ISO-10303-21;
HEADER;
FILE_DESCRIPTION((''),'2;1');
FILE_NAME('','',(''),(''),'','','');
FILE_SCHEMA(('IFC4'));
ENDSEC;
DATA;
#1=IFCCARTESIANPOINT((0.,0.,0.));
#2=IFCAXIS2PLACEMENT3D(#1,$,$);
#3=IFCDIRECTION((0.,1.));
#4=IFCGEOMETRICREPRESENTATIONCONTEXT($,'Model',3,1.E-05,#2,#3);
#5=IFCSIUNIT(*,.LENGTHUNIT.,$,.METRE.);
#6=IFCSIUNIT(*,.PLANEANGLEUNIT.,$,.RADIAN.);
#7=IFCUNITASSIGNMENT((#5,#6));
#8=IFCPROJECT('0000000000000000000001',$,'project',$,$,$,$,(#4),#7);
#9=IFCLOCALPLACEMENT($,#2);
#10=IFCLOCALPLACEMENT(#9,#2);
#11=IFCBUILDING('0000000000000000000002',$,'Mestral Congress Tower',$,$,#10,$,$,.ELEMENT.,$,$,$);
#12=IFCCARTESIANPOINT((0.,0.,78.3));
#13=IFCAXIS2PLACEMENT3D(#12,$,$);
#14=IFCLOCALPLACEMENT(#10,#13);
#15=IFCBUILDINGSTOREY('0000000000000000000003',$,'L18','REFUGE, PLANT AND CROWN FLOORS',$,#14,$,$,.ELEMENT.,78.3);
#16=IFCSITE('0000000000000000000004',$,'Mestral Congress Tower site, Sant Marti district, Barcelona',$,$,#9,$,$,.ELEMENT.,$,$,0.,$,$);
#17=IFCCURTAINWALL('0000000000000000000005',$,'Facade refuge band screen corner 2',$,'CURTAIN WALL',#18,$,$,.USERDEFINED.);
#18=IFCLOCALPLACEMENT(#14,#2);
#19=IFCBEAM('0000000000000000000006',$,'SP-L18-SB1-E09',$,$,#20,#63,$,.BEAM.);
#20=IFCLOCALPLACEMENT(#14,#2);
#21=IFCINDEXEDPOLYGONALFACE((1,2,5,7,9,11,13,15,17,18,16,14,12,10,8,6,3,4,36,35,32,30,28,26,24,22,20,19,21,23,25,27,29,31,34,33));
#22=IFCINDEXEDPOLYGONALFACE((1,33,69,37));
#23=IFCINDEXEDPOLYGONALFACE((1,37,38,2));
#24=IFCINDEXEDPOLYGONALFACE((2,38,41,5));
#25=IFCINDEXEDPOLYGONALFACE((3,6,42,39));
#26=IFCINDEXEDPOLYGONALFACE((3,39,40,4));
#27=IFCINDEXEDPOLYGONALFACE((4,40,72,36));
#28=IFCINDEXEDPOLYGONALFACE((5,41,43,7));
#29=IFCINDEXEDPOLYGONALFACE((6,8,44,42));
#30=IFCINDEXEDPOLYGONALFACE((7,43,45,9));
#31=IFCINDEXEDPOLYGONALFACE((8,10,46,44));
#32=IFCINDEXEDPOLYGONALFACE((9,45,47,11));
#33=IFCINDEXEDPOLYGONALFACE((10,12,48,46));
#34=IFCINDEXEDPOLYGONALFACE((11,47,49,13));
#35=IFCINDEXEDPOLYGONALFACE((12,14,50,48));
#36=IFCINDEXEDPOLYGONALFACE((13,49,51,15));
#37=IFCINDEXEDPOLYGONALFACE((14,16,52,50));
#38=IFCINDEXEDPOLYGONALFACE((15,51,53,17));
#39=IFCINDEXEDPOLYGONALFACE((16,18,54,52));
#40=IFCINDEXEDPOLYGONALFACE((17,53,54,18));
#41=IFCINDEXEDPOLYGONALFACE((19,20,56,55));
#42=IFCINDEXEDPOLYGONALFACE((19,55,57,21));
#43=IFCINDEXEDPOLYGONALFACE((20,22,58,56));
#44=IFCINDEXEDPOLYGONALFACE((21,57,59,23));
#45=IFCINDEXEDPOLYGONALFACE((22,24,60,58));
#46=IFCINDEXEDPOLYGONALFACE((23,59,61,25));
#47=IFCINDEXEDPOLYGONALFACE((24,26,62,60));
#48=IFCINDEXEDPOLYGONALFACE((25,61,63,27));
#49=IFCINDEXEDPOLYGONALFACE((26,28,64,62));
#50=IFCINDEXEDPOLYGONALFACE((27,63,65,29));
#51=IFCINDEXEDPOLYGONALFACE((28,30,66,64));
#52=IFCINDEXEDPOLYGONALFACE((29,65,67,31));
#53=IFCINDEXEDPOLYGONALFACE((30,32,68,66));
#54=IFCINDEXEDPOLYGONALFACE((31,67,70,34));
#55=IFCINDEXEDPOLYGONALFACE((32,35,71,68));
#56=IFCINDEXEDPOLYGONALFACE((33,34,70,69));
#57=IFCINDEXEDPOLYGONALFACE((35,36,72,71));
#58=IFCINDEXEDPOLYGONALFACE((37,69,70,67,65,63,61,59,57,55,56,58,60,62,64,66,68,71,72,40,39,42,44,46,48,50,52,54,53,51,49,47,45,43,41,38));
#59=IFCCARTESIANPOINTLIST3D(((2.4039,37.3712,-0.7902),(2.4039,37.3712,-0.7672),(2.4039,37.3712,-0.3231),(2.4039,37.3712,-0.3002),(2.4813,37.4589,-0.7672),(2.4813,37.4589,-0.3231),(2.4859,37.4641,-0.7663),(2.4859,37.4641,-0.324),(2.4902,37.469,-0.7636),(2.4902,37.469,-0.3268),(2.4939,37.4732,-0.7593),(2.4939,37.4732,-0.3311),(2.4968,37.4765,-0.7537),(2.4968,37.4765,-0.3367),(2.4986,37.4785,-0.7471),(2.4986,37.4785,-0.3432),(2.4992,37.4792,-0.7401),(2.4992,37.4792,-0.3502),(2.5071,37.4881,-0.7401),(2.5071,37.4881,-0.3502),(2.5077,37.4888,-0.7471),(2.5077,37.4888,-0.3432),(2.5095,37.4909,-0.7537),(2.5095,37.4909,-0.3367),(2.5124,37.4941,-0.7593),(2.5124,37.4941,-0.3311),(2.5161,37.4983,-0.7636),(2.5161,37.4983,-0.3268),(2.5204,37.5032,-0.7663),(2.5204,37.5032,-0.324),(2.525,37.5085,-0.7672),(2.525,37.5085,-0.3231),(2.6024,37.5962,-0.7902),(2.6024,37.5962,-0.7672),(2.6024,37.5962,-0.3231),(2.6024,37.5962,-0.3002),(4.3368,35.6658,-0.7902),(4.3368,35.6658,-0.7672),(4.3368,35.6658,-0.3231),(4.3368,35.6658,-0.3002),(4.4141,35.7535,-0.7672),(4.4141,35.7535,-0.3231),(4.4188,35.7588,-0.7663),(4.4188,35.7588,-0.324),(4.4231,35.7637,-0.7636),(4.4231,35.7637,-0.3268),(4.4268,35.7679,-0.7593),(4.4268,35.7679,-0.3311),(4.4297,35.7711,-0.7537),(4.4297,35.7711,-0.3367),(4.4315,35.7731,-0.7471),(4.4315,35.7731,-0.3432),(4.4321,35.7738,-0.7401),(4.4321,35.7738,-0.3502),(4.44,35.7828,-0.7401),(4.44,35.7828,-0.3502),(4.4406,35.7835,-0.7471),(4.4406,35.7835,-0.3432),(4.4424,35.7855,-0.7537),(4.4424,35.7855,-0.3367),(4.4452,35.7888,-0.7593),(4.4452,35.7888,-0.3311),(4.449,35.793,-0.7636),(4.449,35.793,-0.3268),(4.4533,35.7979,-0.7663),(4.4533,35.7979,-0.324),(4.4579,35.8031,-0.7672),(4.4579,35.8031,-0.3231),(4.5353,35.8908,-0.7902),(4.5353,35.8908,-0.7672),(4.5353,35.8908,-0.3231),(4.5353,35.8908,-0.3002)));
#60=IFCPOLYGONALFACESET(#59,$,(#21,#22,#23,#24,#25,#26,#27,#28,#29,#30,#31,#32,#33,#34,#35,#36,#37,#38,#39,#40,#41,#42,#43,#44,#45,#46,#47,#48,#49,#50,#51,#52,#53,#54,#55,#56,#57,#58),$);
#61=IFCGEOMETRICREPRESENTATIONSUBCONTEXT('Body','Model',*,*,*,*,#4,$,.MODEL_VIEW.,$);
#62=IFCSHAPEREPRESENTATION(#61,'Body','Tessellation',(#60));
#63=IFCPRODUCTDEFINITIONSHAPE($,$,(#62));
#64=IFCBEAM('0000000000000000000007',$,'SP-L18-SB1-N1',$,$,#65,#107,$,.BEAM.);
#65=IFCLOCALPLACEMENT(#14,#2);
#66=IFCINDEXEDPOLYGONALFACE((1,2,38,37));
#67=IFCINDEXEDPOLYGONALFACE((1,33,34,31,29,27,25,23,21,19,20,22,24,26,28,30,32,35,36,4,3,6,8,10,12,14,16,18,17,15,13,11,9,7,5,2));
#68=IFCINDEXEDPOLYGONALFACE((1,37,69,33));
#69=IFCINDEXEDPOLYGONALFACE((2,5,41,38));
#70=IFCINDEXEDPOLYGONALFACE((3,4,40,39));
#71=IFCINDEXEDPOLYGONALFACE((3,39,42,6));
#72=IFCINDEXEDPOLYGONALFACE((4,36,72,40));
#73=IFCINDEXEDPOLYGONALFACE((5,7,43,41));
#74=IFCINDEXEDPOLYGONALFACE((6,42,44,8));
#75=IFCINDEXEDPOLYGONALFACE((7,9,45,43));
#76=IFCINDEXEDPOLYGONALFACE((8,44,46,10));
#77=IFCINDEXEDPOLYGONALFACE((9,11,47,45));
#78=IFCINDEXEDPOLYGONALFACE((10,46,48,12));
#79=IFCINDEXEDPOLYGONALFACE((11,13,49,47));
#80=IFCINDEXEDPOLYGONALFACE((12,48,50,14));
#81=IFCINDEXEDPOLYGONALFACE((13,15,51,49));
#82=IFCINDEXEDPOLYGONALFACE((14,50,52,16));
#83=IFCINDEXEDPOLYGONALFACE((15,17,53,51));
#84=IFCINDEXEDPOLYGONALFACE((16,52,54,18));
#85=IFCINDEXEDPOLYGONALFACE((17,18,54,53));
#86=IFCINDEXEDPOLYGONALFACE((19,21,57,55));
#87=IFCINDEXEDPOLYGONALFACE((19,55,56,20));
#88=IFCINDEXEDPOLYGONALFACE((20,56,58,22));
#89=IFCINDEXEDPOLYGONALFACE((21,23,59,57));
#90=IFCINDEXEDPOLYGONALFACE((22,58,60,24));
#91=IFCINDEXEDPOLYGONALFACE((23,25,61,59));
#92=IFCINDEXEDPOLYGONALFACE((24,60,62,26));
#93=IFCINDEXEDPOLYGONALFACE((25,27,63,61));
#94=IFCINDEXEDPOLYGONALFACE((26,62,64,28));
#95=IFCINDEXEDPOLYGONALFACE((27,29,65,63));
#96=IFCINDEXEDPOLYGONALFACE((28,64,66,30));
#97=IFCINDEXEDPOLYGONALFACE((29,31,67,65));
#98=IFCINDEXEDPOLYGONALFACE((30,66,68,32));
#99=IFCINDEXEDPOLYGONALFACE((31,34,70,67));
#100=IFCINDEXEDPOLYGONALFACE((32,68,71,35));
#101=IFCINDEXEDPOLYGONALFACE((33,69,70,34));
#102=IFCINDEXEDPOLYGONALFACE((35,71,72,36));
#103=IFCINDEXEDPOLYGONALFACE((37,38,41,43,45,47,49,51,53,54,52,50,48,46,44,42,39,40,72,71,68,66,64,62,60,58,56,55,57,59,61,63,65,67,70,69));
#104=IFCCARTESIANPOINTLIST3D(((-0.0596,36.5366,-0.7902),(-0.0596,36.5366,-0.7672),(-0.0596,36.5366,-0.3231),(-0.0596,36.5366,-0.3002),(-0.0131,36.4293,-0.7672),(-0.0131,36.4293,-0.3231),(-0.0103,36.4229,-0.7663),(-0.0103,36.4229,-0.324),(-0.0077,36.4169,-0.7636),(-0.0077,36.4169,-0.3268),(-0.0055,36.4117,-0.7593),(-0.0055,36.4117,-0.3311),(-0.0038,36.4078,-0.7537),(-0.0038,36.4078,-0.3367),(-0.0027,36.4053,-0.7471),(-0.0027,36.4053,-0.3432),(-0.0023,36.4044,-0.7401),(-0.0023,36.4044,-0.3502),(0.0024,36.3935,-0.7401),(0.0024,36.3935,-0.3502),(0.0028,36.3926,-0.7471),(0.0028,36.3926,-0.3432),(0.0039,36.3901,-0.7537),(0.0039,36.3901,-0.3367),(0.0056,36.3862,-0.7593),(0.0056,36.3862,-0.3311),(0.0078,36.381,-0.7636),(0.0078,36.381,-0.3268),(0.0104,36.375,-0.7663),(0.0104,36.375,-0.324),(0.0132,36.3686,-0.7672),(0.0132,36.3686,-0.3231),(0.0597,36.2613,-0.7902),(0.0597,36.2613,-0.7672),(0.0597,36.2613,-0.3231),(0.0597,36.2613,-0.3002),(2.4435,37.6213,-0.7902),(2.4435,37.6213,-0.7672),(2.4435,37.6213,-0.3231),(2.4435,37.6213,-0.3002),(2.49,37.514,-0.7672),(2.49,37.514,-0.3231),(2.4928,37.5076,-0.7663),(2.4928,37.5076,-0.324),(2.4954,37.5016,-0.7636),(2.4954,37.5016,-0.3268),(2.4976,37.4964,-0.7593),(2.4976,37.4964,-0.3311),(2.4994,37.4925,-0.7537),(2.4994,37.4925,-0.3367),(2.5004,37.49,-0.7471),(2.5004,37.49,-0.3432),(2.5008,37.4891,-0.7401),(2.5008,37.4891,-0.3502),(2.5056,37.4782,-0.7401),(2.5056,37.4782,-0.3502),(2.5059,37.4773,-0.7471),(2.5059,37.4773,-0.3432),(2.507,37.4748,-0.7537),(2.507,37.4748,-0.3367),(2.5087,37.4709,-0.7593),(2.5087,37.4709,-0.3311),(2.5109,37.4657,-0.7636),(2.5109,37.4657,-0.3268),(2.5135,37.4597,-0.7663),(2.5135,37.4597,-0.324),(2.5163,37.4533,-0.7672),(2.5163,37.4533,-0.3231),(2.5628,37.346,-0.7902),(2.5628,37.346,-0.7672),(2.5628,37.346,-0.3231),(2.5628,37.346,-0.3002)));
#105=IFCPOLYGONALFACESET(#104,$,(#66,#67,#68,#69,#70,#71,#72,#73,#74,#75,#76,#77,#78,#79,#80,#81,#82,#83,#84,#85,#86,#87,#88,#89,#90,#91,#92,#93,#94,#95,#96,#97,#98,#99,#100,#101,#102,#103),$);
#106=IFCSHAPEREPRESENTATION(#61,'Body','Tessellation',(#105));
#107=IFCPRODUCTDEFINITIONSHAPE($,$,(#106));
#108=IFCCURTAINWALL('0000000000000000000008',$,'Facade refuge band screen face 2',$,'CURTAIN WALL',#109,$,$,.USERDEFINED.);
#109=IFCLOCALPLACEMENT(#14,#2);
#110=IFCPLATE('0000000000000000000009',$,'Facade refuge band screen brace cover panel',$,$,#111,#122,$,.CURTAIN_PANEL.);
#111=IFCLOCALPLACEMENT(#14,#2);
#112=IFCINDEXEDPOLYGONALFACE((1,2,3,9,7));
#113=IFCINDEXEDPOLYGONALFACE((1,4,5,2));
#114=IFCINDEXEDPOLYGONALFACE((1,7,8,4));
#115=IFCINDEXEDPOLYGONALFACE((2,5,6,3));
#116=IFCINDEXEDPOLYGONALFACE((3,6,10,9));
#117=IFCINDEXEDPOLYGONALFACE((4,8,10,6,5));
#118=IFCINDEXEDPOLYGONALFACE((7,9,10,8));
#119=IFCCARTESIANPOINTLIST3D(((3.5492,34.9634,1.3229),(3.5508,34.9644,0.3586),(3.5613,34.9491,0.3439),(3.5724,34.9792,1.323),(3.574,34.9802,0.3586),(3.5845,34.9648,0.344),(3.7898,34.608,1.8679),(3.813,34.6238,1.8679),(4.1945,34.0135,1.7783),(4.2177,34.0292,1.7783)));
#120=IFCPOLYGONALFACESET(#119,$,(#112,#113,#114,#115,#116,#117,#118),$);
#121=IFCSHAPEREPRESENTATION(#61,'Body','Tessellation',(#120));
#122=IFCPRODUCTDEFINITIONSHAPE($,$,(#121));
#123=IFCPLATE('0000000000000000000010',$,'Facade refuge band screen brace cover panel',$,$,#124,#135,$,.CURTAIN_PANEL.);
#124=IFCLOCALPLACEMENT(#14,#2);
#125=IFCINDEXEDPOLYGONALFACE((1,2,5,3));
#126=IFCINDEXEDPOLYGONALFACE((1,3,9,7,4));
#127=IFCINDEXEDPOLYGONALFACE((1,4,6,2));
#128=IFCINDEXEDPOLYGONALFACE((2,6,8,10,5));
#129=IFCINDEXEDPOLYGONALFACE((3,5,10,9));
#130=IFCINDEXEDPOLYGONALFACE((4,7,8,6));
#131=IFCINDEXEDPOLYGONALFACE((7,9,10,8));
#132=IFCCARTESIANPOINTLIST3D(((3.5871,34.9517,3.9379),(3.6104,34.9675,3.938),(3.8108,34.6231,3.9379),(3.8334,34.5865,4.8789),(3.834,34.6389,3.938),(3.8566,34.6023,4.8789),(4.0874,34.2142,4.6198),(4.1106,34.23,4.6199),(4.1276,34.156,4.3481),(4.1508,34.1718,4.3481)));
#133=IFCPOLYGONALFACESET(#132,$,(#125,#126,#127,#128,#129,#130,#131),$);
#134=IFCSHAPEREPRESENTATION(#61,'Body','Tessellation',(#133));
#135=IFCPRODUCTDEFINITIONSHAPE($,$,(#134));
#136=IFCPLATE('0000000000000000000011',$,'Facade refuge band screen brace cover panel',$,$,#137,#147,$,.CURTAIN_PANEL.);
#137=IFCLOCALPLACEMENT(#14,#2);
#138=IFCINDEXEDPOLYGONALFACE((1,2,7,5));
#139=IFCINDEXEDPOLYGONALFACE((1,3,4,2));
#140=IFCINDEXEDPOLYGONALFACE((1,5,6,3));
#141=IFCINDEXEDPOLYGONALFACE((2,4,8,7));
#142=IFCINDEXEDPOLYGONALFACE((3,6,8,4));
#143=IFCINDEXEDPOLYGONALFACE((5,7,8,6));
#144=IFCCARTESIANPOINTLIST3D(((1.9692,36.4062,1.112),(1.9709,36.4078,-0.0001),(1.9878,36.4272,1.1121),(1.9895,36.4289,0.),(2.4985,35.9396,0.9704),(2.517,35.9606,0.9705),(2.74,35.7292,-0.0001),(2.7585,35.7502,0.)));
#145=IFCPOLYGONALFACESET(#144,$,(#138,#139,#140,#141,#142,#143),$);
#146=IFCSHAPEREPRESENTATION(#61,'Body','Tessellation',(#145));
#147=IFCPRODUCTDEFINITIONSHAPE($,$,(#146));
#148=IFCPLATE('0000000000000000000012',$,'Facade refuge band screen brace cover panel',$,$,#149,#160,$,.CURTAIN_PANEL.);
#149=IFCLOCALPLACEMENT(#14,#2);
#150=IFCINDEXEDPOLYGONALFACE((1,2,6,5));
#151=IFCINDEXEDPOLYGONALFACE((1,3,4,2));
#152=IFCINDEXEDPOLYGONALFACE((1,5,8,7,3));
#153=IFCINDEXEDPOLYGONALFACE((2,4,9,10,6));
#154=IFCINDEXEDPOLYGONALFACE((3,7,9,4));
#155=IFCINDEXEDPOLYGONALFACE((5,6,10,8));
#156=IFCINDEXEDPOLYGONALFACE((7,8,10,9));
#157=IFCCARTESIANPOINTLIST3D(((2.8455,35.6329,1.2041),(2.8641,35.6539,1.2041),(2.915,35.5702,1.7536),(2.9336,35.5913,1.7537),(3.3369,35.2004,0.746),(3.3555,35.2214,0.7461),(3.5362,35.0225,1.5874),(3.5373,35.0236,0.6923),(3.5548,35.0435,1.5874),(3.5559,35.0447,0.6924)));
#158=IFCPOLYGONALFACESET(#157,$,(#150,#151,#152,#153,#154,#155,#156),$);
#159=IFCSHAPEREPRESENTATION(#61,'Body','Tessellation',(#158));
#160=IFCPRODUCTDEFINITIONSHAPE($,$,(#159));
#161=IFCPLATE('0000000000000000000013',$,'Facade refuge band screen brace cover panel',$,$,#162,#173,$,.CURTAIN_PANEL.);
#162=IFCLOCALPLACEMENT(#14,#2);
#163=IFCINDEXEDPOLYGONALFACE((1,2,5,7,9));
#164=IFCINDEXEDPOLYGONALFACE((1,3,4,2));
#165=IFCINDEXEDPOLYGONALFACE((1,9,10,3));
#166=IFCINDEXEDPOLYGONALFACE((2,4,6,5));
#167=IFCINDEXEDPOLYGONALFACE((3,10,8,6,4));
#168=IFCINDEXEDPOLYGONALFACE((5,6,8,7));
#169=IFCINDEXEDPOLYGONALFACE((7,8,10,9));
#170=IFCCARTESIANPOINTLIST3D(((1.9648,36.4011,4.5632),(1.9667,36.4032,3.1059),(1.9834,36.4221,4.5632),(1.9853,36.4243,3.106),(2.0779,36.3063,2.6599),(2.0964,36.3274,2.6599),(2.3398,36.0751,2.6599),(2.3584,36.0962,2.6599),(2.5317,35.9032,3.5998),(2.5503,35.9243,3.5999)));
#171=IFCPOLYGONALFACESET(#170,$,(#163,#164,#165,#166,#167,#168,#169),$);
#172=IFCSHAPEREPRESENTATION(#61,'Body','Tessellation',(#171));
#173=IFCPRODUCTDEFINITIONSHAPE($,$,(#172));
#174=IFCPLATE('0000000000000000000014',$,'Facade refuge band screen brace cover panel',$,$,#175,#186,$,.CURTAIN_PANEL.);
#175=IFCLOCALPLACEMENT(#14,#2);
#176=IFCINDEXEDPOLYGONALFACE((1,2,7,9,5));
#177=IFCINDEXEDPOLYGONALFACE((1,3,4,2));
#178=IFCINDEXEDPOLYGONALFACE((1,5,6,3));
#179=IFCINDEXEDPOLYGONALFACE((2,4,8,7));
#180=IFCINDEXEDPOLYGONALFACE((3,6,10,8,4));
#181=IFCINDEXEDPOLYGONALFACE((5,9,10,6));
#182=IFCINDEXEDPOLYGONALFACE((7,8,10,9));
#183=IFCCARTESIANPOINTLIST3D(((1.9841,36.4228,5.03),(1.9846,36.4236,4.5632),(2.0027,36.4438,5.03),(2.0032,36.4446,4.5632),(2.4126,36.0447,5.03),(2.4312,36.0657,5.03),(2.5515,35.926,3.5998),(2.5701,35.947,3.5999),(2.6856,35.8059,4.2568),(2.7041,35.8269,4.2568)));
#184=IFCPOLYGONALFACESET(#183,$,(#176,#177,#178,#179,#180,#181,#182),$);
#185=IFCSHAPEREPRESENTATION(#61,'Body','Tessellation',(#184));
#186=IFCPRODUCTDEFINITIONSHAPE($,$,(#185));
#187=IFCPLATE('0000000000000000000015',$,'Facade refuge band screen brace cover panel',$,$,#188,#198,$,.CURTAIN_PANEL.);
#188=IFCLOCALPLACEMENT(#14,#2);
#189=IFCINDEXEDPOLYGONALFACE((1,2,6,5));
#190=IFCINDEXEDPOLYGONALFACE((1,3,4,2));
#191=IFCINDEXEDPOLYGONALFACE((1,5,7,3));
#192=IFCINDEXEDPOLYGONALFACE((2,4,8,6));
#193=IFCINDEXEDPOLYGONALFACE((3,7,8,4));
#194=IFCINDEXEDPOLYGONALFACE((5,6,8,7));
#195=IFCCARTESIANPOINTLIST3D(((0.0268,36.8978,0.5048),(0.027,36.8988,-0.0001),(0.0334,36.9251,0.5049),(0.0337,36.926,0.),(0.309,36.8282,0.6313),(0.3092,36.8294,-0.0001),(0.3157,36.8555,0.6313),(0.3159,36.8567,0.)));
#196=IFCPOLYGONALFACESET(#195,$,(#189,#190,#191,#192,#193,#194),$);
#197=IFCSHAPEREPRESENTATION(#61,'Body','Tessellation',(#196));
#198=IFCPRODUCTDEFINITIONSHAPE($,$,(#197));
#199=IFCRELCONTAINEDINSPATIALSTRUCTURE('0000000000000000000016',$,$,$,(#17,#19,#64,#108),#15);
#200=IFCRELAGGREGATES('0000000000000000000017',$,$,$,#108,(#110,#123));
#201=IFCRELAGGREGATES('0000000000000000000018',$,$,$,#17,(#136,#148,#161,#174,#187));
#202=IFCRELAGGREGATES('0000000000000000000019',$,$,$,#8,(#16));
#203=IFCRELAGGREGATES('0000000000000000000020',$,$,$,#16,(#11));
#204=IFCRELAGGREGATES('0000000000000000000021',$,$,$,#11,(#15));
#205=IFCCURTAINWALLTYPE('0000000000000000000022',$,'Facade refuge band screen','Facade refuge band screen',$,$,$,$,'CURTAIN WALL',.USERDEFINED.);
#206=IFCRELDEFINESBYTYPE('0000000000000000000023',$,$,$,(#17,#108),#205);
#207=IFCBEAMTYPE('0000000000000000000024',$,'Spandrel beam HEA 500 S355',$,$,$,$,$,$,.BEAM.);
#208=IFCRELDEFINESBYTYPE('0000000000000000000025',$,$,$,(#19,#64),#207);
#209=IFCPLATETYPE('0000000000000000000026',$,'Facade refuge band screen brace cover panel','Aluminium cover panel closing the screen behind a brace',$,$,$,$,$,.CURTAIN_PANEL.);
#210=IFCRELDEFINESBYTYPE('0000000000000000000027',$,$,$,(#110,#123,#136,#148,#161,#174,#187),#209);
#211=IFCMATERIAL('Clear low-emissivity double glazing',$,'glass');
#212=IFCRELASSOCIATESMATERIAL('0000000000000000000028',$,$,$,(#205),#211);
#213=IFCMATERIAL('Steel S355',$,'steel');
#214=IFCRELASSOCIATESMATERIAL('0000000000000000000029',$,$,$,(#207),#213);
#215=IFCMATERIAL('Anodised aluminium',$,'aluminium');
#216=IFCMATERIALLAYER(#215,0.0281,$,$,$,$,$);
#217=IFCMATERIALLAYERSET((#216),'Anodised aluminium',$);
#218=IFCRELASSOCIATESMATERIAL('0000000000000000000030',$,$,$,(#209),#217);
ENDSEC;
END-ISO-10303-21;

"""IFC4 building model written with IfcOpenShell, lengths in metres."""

from ifc_helpers import new_model, si_unit, direction, frame, origin, origin_2d, place, context, subcontext, project, spatial, polyline, i_section, outline, extrude, material, layer, layer_set, material_profile, profile_set, type_object, element, aggregate, save


model = new_model("IFC4")

# Units and contexts
model_context = context("Model", 3, precision=1e-05, world=origin(), true_north=direction((0.0, 1.0)))
body_context = subcontext(model_context, "Body", "Model", "MODEL_VIEW")
ifc_project = project(units=[si_unit("LENGTHUNIT", "METRE"), si_unit("PLANEANGLEUNIT", "RADIAN")], contexts=[model_context])

# Site, building, storey
site_placement = place(None, origin())
site = spatial("IfcSite", under=ifc_project, at=site_placement, Name="Mestral Congress Tower site, Sant Marti district, Barcelona", CompositionType="ELEMENT", RefElevation=0.0)
building_placement = place(site_placement, origin())
building = spatial("IfcBuilding", under=site, at=building_placement, Name="Mestral Congress Tower", CompositionType="ELEMENT")
storey_placement = place(building_placement, frame((0.0, 0.0, 78.3)))
storey = spatial("IfcBuildingStorey", under=building, at=storey_placement, Name="L18", Description="REFUGE, PLANT AND CROWN FLOORS", CompositionType="ELEMENT", Elevation=78.3)

# Shared definitions
ifc_material_1 = material(Name="Steel S355", Category="steel")

# Curtain wall
ifc_material_2 = material(Name="Clear low-emissivity double glazing", Category="glass")
curtain_wall_type = type_object("IfcCurtainWallType", Name="Facade refuge band screen", Description="Facade refuge band screen", ElementType="CURTAIN WALL", PredefinedType="USERDEFINED", material=ifc_material_2)
placement = place(storey_placement, origin())
curtain_wall_1 = element("IfcCurtainWall", 1, at=placement, inside=storey, type_object=curtain_wall_type, Name="Facade refuge band screen corner 2", ObjectType="CURTAIN WALL", PredefinedType="USERDEFINED")
ifc_material_3 = material(Name="Anodised aluminium", Category="aluminium")

# Beams
ifc_material_profile_1 = material_profile(ifc_material_1, i_section(OverallWidth=0.3, OverallDepth=0.49, WebThickness=0.012, FlangeThickness=0.0229, FilletRadius=0.0271, at=origin_2d()), Name="HEA 500")
ifc_profile_set_1 = profile_set([ifc_material_profile_1], Name="Steel S355")
beam_type_1 = type_object("IfcBeamType", Name="Spandrel beam HEA 500 S355", PredefinedType="BEAM", material=ifc_profile_set_1)
beam_1_placement = place(storey_placement, frame((4.436, 35.7783, -0.5452), z_axis=(-0.749865, 0.66159, 0.0), x_axis=(-0.66159, -0.749865, 0.0)))
element("IfcBeam", 2, at=beam_1_placement, inside=storey, type_object=beam_type_1, Name="SP-L18-SB1-E09", PredefinedType="BEAM", context=body_context, shape_type="SweptSolid", body=[
    extrude(i_section(OverallWidth=0.3, OverallDepth=0.49, WebThickness=0.012, FlangeThickness=0.0229, FilletRadius=0.0271, at=origin_2d()), origin(), (0.0, 0.0, 1.0), 2.5776),
])
beam_2_placement = place(storey_placement, frame((2.5032, 37.4836, -0.5452), z_axis=(-0.917555, -0.39761, 0.0), x_axis=(0.39761, -0.917555, 0.0)))
element("IfcBeam", 3, at=beam_2_placement, inside=storey, type_object=beam_type_1, Name="SP-L18-SB1-N1", PredefinedType="BEAM", context=body_context, shape_type="SweptSolid", body=[
    extrude(i_section(OverallWidth=0.3, OverallDepth=0.49, WebThickness=0.012, FlangeThickness=0.0229, FilletRadius=0.0271, at=origin_2d()), origin(), (0.0, 0.0, 1.0), 2.728),
])

# Curtain wall, plates
curtain_wall_2 = element("IfcCurtainWall", 4, at=placement, inside=storey, type_object=curtain_wall_type, Name="Facade refuge band screen face 2", ObjectType="CURTAIN WALL", PredefinedType="USERDEFINED")
ifc_layer_1 = layer(ifc_material_3, 0.0281)
ifc_layer_set_1 = layer_set([ifc_layer_1], Name="Anodised aluminium")
plate_type_1 = type_object("IfcPlateType", Name="Facade refuge band screen brace cover panel", Description="Aluminium cover panel closing the screen behind a brace", PredefinedType="CURTAIN_PANEL", material=ifc_layer_set_1)
plate_1_placement = place(storey_placement, frame((3.5845, 34.9648, 0.344), z_axis=(0.826782, 0.56252, 0.001917), x_axis=(0.346819, -0.512426, 0.78558)))
plate_1 = element("IfcPlate", 5, at=plate_1_placement, type_object=plate_type_1, Name="Facade refuge band screen brace cover panel", PredefinedType="CURTAIN_PANEL", context=body_context, shape_type="SweptSolid", body=[
    extrude(outline(polyline([(0.0, 0.0), (1.8258, 0.0), (1.4512, -0.6204), (0.7576, -0.6204), (0.0, -0.0237), (0.0, 0.0)])), origin(), (0.0, 0.0, -1.0), 0.0281),
])
plate_2_placement = place(storey_placement, frame((3.6104, 34.9675, 3.938), z_axis=(0.826731, 0.562594, 0.001991), x_axis=(0.562595, -0.826733, 0.0)))
plate_2 = element("IfcPlate", 6, at=plate_2_placement, type_object=plate_type_1, Name="Facade refuge band screen brace cover panel", PredefinedType="CURTAIN_PANEL", context=body_context, shape_type="SweptSolid", body=[
    extrude(outline(polyline([(0.0, 0.0), (0.3975, 0.0), (0.9619, -0.4102), (0.8912, -0.6819), (0.4405, -0.9409), (0.0, 0.0)])), origin(), (0.0, 0.0, -1.0), 0.0281),
])

# Plates
plate_3_placement = place(storey_placement, frame((2.7585, 35.7502, 0.0), z_axis=(0.661642, 0.749817, 0.002099), x_axis=(-0.23632, 0.205872, 0.949616)))
plate_3 = element("IfcPlate", 7, at=plate_3_placement, type_object=plate_type_1, Name="Facade refuge band screen brace cover panel", PredefinedType="CURTAIN_PANEL", context=body_context, shape_type="SweptSolid", body=[
    extrude(outline(polyline([(0.0, 0.0), (1.0219, 0.0), (1.3775, -0.6256), (0.3215, -0.974), (0.0, 0.0)])), origin(), (0.0, 0.0, -1.0), 0.0281),
])
plate_4_placement = place(storey_placement, frame((3.5559, 35.0447, 0.6924), z_axis=(0.661647, 0.749813, 0.001801), x_axis=(-0.001282, -0.001271, 0.999998)))
plate_4 = element("IfcPlate", 8, at=plate_4_placement, type_object=plate_type_1, Name="Facade refuge band screen brace cover panel", PredefinedType="CURTAIN_PANEL", context=body_context, shape_type="SweptSolid", body=[
    extrude(outline(polyline([(0.0, 0.0), (0.895, 0.0), (1.0614, -0.8282), (0.5118, -0.9218), (0.0537, -0.2672), (0.0, 0.0)])), origin(), (0.0, 0.0, -1.0), 0.0281),
])
plate_5_placement = place(storey_placement, frame((1.9834, 36.4221, 4.5632), z_axis=(0.661766, 0.749708, 0.001993), x_axis=(0.001324, 0.00149, -0.999998)))
plate_5 = element("IfcPlate", 9, at=plate_5_placement, type_object=plate_type_1, Name="Facade refuge band screen brace cover panel", PredefinedType="CURTAIN_PANEL", context=body_context, shape_type="SweptSolid", body=[
    extrude(outline(polyline([(0.0, 0.0), (1.4573, 0.0), (1.9033, -0.1474), (1.9033, -0.4968), (0.9634, -0.7544), (0.0, 0.0)])), origin(), (0.0, 0.0, -1.0), 0.0281),
])
plate_6_placement = place(storey_placement, frame((2.5701, 35.947, 3.5999), z_axis=(0.661666, 0.749796, 0.002028), x_axis=(0.196808, -0.176284, 0.964464)))
plate_6 = element("IfcPlate", 10, at=plate_6_placement, type_object=plate_type_1, Name="Facade refuge band screen brace cover panel", PredefinedType="CURTAIN_PANEL", context=body_context, shape_type="SweptSolid", body=[
    extrude(outline(polyline([(0.0, 0.0), (0.6812, 0.0), (1.3311, -0.554), (1.1801, -1.1052), (0.7299, -0.982), (0.0, 0.0)])), origin(), (0.0, 0.0, -1.0), 0.0281),
])
plate_7_placement = place(storey_placement, frame((0.0337, 36.926, 0.0), z_axis=(0.238558, 0.971126, 0.001981), x_axis=(0.971128, -0.238558, 0.0)))
plate_7 = element("IfcPlate", 11, at=plate_7_placement, type_object=plate_type_1, Name="Facade refuge band screen brace cover panel", PredefinedType="CURTAIN_PANEL", context=body_context, shape_type="SweptSolid", body=[
    extrude(outline(polyline([(0.0, 0.0), (0.2906, 0.0), (0.2907, -0.6313), (0.0, -0.5049), (0.0, 0.0)])), origin(), (0.0, 0.0, -1.0), 0.0281),
])
aggregate(curtain_wall_2, [plate_1, plate_2])

aggregate(curtain_wall_1, [plate_3, plate_4, plate_5, plate_6, plate_7])

save(model, "model.ifc")
